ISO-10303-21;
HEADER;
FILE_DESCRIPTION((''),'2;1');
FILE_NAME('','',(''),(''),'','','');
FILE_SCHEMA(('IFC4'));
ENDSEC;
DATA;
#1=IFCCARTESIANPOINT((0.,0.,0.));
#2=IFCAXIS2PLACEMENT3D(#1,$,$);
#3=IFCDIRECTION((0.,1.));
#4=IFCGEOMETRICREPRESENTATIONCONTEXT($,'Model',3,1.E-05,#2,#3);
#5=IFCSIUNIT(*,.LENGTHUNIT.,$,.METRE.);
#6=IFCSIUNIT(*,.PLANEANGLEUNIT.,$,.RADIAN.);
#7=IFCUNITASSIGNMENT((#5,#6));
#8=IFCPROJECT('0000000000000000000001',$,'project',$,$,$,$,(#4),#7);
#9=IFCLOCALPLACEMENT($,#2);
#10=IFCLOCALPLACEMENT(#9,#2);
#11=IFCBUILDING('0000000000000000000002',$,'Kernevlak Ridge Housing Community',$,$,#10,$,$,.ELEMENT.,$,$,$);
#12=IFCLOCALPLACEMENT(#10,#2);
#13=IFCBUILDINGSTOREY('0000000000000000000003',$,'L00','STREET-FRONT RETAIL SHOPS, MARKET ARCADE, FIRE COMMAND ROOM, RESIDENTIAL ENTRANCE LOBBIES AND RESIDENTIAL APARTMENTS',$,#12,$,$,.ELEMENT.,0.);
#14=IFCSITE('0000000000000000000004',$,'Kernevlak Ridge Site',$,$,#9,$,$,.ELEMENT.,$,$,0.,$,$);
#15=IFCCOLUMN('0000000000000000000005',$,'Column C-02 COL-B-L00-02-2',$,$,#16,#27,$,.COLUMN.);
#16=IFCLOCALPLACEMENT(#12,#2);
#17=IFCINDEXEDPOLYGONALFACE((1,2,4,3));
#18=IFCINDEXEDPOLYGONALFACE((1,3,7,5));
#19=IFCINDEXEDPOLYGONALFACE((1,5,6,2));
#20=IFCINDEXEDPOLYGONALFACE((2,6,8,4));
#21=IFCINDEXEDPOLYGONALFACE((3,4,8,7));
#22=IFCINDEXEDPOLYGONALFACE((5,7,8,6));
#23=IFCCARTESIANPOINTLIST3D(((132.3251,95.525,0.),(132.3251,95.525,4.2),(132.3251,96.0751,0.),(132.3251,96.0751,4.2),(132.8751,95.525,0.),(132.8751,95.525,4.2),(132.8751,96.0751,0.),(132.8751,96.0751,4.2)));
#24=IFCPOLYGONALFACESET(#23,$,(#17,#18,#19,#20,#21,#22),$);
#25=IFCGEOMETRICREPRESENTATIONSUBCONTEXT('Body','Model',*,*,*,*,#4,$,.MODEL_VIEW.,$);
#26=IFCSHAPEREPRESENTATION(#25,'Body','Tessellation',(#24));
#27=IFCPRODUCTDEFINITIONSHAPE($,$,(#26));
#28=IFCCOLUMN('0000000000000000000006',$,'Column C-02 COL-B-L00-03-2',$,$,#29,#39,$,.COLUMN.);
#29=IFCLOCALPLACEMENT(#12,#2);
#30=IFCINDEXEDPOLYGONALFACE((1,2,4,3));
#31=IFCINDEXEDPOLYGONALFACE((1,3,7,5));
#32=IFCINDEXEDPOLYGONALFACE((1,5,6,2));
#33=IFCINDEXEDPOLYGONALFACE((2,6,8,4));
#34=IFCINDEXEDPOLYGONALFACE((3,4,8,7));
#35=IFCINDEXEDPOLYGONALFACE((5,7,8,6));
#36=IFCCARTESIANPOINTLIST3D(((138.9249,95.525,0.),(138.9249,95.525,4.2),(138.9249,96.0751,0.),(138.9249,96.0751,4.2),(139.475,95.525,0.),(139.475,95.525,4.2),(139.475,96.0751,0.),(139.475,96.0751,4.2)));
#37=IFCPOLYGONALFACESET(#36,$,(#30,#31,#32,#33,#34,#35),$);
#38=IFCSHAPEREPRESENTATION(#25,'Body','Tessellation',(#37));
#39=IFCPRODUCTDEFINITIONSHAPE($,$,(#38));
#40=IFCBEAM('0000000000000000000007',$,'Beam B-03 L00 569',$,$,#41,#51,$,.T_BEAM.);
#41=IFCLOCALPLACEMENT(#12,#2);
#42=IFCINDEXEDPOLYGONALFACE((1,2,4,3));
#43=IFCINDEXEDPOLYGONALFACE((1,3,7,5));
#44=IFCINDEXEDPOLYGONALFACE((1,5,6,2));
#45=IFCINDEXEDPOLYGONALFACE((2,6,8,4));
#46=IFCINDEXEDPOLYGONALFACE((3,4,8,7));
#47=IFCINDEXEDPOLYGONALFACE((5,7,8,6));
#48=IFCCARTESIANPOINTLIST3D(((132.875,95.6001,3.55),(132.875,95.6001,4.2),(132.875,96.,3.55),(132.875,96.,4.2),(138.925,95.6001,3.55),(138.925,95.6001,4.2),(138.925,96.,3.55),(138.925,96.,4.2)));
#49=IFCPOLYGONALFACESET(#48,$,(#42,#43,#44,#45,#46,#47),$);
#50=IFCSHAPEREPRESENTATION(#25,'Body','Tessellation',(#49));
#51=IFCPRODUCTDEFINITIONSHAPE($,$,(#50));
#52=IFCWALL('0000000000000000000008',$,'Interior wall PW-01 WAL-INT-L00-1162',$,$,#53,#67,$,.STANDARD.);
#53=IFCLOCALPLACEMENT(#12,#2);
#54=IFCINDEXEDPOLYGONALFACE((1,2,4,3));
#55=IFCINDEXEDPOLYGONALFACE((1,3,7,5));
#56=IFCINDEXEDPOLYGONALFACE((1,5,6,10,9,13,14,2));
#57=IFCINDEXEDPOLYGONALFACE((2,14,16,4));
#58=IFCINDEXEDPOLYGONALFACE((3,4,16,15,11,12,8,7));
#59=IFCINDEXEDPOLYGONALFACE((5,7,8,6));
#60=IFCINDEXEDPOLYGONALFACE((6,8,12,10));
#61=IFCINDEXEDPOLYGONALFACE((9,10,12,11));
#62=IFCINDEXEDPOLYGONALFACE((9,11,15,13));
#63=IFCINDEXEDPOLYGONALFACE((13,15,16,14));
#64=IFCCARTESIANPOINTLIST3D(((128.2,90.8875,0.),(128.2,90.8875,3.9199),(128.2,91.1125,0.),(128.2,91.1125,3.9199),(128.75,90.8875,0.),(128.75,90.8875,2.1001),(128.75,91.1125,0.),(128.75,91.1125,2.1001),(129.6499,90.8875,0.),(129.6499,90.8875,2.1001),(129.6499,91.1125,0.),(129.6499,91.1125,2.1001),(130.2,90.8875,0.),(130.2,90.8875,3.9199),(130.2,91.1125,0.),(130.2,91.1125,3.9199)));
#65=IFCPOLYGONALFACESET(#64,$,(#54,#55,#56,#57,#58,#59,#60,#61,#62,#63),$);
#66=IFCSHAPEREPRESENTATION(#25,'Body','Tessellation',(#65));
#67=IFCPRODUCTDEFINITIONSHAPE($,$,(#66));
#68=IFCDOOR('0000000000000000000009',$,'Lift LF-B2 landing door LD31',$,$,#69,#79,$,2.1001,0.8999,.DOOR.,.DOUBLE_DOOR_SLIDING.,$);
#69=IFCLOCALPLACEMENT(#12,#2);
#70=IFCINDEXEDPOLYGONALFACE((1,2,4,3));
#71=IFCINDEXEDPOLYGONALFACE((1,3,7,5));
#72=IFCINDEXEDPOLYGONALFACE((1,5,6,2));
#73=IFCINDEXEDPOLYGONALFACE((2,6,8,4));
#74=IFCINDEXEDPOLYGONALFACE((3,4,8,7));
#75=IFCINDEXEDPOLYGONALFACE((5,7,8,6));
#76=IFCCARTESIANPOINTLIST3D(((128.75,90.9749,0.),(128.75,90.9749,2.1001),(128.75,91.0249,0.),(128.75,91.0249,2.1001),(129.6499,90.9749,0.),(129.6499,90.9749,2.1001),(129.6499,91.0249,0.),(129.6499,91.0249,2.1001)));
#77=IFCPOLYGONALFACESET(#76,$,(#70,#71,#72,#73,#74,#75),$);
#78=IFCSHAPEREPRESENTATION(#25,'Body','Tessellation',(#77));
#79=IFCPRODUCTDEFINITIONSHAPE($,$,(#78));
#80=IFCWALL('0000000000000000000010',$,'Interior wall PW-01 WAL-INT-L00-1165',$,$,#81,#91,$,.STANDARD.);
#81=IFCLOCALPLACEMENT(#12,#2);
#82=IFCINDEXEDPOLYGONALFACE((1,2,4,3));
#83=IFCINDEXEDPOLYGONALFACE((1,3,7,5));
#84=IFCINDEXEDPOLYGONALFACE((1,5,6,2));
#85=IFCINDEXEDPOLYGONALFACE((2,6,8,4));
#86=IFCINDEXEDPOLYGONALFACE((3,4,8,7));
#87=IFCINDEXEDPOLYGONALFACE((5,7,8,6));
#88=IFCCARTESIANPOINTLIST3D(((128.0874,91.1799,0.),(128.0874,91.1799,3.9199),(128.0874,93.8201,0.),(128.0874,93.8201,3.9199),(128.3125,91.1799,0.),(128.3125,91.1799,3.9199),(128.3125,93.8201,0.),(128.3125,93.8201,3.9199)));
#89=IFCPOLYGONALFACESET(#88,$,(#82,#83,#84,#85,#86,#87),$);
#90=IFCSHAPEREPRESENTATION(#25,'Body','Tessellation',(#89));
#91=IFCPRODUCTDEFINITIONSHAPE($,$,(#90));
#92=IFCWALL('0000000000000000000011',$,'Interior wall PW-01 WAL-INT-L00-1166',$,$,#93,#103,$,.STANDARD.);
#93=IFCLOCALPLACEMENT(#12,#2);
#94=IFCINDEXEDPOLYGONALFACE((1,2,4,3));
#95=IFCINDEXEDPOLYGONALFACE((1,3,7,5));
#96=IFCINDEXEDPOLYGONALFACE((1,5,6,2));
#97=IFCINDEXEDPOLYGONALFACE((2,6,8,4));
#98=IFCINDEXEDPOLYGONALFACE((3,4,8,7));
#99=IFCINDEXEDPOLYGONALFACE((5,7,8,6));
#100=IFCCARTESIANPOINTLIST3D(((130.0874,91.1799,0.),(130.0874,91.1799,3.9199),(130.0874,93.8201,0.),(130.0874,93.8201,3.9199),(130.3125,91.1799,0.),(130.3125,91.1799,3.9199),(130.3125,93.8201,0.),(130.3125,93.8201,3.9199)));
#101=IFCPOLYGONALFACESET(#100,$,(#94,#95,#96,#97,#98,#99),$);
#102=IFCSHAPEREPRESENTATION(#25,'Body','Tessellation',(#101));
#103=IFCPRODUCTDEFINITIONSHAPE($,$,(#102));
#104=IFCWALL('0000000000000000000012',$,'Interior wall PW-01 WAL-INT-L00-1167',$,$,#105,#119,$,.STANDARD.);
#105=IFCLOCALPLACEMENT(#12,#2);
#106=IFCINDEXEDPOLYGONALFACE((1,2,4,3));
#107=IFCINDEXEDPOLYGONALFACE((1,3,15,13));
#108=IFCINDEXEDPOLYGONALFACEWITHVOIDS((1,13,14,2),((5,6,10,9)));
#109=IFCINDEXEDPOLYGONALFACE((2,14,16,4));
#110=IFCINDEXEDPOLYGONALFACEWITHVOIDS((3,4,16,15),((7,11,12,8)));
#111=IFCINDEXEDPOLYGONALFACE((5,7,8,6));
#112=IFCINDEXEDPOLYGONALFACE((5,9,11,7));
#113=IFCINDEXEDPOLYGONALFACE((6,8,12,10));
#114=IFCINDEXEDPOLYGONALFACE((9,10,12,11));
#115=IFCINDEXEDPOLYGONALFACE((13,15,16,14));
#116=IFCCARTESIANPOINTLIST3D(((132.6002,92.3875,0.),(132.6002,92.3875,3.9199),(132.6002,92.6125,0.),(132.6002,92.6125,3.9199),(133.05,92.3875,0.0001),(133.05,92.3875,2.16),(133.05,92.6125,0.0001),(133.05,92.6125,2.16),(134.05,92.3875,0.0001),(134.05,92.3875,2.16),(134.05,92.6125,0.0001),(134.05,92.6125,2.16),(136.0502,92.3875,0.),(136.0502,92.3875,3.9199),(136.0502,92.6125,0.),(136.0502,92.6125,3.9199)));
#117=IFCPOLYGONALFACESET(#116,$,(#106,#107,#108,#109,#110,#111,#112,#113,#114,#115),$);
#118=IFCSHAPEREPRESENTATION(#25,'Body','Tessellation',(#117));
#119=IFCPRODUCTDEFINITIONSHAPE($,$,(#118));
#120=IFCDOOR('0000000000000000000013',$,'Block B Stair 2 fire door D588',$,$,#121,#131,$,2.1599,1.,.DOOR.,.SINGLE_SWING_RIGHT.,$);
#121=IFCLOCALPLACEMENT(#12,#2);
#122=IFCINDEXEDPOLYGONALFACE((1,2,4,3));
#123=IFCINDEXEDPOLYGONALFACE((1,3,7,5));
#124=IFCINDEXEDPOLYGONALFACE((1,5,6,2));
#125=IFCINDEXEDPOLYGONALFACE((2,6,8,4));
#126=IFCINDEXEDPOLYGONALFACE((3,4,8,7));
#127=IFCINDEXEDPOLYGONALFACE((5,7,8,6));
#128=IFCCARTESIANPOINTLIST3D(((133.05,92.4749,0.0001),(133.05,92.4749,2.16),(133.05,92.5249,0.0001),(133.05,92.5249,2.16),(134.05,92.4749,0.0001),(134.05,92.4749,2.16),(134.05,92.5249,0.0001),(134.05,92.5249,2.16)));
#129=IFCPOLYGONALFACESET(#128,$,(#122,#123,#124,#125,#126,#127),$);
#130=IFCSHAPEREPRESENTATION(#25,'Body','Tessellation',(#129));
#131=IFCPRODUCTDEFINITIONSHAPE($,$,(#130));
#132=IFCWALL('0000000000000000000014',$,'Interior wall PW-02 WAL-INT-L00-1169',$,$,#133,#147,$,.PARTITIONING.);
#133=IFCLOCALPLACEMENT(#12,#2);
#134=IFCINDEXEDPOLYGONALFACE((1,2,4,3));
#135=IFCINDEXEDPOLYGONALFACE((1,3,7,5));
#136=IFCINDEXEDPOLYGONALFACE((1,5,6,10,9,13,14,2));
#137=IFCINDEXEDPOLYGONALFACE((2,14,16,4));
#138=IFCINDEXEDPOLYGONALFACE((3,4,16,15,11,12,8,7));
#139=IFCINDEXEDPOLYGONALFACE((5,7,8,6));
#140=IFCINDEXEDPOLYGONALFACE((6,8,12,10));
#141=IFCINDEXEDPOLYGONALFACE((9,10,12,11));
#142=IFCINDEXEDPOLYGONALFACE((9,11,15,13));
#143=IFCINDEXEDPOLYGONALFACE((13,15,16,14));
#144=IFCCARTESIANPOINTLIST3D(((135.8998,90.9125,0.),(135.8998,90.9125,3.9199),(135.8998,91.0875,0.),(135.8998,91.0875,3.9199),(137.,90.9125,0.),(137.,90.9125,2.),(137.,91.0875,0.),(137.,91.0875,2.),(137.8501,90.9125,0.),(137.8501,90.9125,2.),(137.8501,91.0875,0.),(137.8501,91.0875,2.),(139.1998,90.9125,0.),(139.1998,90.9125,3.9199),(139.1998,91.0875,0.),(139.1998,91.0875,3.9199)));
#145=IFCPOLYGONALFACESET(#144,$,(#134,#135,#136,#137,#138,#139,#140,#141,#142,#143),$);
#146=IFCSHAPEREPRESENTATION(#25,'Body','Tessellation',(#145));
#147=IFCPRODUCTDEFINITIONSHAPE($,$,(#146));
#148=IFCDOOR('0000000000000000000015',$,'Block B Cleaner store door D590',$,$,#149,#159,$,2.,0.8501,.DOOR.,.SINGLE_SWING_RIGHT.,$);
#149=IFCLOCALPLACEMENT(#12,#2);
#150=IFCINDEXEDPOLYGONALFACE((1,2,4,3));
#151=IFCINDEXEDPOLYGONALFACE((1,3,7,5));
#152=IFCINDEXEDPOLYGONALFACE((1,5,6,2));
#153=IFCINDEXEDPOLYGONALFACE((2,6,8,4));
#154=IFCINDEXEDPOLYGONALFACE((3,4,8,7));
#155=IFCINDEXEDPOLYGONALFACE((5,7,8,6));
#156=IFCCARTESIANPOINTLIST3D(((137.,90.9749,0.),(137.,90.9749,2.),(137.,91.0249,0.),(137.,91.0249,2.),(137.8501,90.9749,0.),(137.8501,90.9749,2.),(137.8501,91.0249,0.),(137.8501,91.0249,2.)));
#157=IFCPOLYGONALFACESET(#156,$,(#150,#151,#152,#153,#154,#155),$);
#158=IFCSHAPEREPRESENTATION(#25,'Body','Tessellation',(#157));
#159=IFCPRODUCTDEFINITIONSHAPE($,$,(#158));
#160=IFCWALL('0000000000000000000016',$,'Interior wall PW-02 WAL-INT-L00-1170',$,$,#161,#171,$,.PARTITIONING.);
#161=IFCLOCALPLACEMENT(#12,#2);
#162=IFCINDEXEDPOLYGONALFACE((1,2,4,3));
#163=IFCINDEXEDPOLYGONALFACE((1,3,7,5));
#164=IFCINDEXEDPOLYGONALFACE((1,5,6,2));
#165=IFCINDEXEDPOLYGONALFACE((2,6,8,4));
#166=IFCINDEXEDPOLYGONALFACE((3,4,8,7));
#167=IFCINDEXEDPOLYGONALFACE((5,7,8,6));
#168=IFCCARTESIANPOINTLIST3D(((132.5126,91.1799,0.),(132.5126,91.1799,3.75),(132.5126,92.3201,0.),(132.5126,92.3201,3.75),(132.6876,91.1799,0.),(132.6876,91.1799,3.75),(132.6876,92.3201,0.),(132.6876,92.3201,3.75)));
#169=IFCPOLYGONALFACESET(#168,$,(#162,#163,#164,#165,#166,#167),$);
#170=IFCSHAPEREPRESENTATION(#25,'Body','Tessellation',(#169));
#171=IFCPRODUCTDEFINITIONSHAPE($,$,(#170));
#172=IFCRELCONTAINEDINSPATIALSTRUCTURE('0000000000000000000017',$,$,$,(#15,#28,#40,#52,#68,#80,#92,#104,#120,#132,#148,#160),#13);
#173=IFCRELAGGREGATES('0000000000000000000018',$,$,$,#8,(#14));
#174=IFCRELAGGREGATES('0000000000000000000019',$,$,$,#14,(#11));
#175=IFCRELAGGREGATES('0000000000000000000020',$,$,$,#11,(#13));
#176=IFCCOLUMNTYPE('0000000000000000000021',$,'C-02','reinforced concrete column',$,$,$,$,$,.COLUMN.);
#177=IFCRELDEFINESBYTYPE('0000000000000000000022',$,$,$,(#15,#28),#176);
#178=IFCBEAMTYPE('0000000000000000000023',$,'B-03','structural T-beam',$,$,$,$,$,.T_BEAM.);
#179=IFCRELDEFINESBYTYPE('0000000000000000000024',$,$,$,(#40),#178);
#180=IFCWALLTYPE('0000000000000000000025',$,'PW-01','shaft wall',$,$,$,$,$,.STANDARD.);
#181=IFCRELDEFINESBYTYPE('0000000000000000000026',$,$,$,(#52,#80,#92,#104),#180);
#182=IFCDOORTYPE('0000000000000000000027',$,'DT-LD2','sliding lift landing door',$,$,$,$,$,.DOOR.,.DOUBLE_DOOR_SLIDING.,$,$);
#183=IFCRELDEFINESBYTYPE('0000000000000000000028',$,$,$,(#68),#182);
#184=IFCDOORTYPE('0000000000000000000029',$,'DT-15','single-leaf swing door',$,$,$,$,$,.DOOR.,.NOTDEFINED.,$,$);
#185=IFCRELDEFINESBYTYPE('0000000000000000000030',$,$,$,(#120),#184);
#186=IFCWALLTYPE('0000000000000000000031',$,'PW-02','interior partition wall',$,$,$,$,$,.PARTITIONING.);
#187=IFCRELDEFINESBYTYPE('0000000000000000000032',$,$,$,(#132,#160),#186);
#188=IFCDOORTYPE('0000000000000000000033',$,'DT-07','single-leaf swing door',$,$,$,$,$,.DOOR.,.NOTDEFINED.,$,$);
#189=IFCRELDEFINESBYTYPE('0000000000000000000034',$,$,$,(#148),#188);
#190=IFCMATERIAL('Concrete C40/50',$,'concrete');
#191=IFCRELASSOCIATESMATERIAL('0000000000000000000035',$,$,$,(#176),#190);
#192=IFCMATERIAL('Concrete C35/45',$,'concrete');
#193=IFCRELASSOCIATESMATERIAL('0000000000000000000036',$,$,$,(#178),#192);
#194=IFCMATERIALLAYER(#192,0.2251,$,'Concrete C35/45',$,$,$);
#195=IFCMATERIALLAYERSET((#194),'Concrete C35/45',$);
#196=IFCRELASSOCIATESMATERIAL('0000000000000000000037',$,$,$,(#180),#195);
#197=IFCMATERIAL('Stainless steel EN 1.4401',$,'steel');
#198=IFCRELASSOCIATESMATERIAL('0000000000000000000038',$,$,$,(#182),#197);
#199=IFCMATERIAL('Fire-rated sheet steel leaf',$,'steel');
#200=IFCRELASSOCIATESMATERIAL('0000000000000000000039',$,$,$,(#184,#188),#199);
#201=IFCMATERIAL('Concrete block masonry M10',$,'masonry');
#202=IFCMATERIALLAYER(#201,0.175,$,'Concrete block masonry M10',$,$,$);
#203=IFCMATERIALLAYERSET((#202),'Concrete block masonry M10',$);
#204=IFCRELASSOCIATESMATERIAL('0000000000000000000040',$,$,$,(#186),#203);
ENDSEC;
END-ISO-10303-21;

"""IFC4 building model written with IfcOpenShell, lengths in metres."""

from ifc_helpers import new_model, si_unit, direction, frame, frame_2d, origin, origin_2d, place, context, subcontext, project, spatial, rectangle, extrude, material, layer, layer_set, material_profile, profile_set, type_object, element, fill, save


model = new_model("IFC4")

# Units and contexts
model_context = context("Model", 3, precision=1e-05, world=origin(), true_north=direction((0.0, 1.0)))
body_context = subcontext(model_context, "Body", "Model", "MODEL_VIEW")
ifc_project = project(units=[si_unit("LENGTHUNIT", "METRE"), si_unit("PLANEANGLEUNIT", "RADIAN")], contexts=[model_context])

# Site, building, storey
site_placement = place(None, origin())
site = spatial("IfcSite", under=ifc_project, at=site_placement, Name="Kernevlak Ridge Site", CompositionType="ELEMENT", RefElevation=0.0)
building_placement = place(site_placement, origin())
building = spatial("IfcBuilding", under=site, at=building_placement, Name="Kernevlak Ridge Housing Community", CompositionType="ELEMENT")
storey_placement = place(building_placement, origin())
storey = spatial("IfcBuildingStorey", under=building, at=storey_placement, Name="L00", Description="STREET-FRONT RETAIL SHOPS, MARKET ARCADE, FIRE COMMAND ROOM, RESIDENTIAL ENTRANCE LOBBIES AND RESIDENTIAL APARTMENTS", CompositionType="ELEMENT", Elevation=0.0)

# Columns
ifc_material_1 = material(Name="Concrete C40/50", Category="concrete")
ifc_material_profile_1 = material_profile(ifc_material_1, rectangle(XDim=0.55, YDim=0.55, at=origin_2d()), Name="RC 550x550")
ifc_profile_set_1 = profile_set([ifc_material_profile_1], Name="Concrete C40/50")
column_type = type_object("IfcColumnType", Name="C-02", Description="reinforced concrete column", PredefinedType="COLUMN", material=ifc_profile_set_1)
for number, where, z_axis, x_axis, name in (
    (1, (132.6001, 95.8, 0.0), (0.0, 0.0, 1.0), (1.0, 0.0, 0.0), "Column C-02 COL-B-L00-02-2"),
    (2, (139.2, 95.8, 0.0), (0.0, 0.0, 1.0), (1.0, 0.0, 0.0), "Column C-02 COL-B-L00-03-2"),
):
    element("IfcColumn", number, at=place(storey_placement, frame(where, z_axis=z_axis, x_axis=x_axis)), inside=storey, type_object=column_type, Name=name, PredefinedType="COLUMN", context=body_context, shape_type="SweptSolid", body=[
        extrude(rectangle(XDim=0.55, YDim=0.55, at=origin_2d()), origin(), (0.0, 0.0, 1.0), 4.2),
    ])

# Beam
ifc_material_2 = material(Name="Concrete C35/45", Category="concrete")
ifc_material_profile_2 = material_profile(ifc_material_2, rectangle(XDim=0.3999, YDim=0.6499, at=origin_2d()), Name="RC 400x650")
ifc_profile_set_2 = profile_set([ifc_material_profile_2], Name="Concrete C35/45")
beam_type = type_object("IfcBeamType", Name="B-03", Description="structural T-beam", PredefinedType="T_BEAM", material=ifc_profile_set_2)
beam_placement = place(storey_placement, frame((132.875, 95.8, 3.875), z_axis=(1.0, 0.0, 0.0), x_axis=(0.0, 1.0, 0.0)))
element("IfcBeam", 3, at=beam_placement, inside=storey, type_object=beam_type, Name="Beam B-03 L00 569", PredefinedType="T_BEAM", context=body_context, shape_type="SweptSolid", body=[
    extrude(rectangle(XDim=0.3999, YDim=0.6499, at=origin_2d()), origin(), (0.0, 0.0, 1.0), 6.05),
])

# Wall, opening, door
ifc_layer_1 = layer(ifc_material_2, 0.2251, Name="Concrete C35/45")
ifc_layer_set_1 = layer_set([ifc_layer_1], Name="Concrete C35/45")
wall_type_1 = type_object("IfcWallType", Name="PW-01", Description="shaft wall", PredefinedType="STANDARD", material=ifc_layer_set_1)
wall_1_placement = place(storey_placement, frame((128.2, 91.0, 0.0), z_axis=(0.0, 0.0, 1.0), x_axis=(1.0, 0.0, 0.0)))
wall_1 = element("IfcWall", 4, at=wall_1_placement, inside=storey, type_object=wall_type_1, Name="Interior wall PW-01 WAL-INT-L00-1162", PredefinedType="STANDARD", context=body_context, shape_type="SweptSolid", body=[
    extrude(rectangle(XDim=2.0, YDim=0.2251, at=frame_2d((1.0, 0.0))), origin(), (0.0, 0.0, 1.0), 3.9199),
])
opening_1_placement = place(wall_1_placement, frame((0.55, 0.0, 0.0)))
opening_1 = element("IfcOpeningElement", 5, at=opening_1_placement, cuts=wall_1, PredefinedType="OPENING", context=body_context, shape_type="SweptSolid", body=[
    extrude(rectangle(XDim=0.8999, YDim=2.1001, at=frame_2d((0.45, 1.05))), frame((0.0, 0.1226, 0.0), z_axis=(0.0, -1.0, 0.0), x_axis=(1.0, 0.0, 0.0)), (0.0, 0.0, 1.0), 0.2451),
])
ifc_material_3 = material(Name="Stainless steel EN 1.4401", Category="steel")
door_type_1 = type_object("IfcDoorType", Name="DT-LD2", Description="sliding lift landing door", OperationType="DOUBLE_DOOR_SLIDING", PredefinedType="DOOR", material=ifc_material_3)
door_1_placement = place(opening_1_placement, origin())
door_1 = element("IfcDoor", 6, at=door_1_placement, inside=storey, type_object=door_type_1, Name="Lift LF-B2 landing door LD31", OperationType="DOUBLE_DOOR_SLIDING", OverallHeight=2.1001, OverallWidth=0.8999, PredefinedType="DOOR", context=body_context, shape_type="SweptSolid", body=[
    extrude(rectangle(XDim=0.8999, YDim=2.1001, at=frame_2d((0.45, 1.05))), frame((0.0, 0.0249, 0.0), z_axis=(0.0, -1.0, 0.0), x_axis=(1.0, 0.0, 0.0)), (0.0, 0.0, 1.0), 0.05),
])
fill(opening_1, door_1)

# Walls
for number, where, z_axis, x_axis, name in (
    (7, (128.2, 91.1799, 0.0), (0.0, 0.0, 1.0), (0.0, 1.0, 0.0), "Interior wall PW-01 WAL-INT-L00-1165"),
    (8, (130.2, 91.1799, 0.0), (0.0, 0.0, 1.0), (0.0, 1.0, 0.0), "Interior wall PW-01 WAL-INT-L00-1166"),
):
    element("IfcWall", number, at=place(storey_placement, frame(where, z_axis=z_axis, x_axis=x_axis)), inside=storey, type_object=wall_type_1, Name=name, PredefinedType="STANDARD", context=body_context, shape_type="SweptSolid", body=[
        extrude(rectangle(XDim=2.6401, YDim=0.2251, at=frame_2d((1.3201, 0.0))), origin(), (0.0, 0.0, 1.0), 3.9199),
    ])

# Walls, openings, doors
wall_2_placement = place(storey_placement, frame((132.6001, 92.5, 0.0), z_axis=(0.0, 0.0, 1.0), x_axis=(1.0, 0.0, 0.0)))
wall_2 = element("IfcWall", 9, at=wall_2_placement, inside=storey, type_object=wall_type_1, Name="Interior wall PW-01 WAL-INT-L00-1167", PredefinedType="STANDARD", context=body_context, shape_type="SweptSolid", body=[
    extrude(rectangle(XDim=3.45, YDim=0.2251, at=frame_2d((1.7251, 0.0))), origin(), (0.0, 0.0, 1.0), 3.9199),
])
opening_2_placement = place(wall_2_placement, frame((0.45, 0.0, 0.0)))
opening_2 = element("IfcOpeningElement", 10, at=opening_2_placement, cuts=wall_2, PredefinedType="OPENING", context=body_context, shape_type="SweptSolid", body=[
    extrude(rectangle(XDim=1.0, YDim=2.1599, at=frame_2d((0.5, 1.0801))), frame((0.0, 0.1226, 0.0), z_axis=(0.0, -1.0, 0.0), x_axis=(1.0, 0.0, 0.0)), (0.0, 0.0, 1.0), 0.2451),
])
ifc_material_4 = material(Name="Fire-rated sheet steel leaf", Category="steel")
door_type_2 = type_object("IfcDoorType", Name="DT-15", Description="single-leaf swing door", OperationType="NOTDEFINED", PredefinedType="DOOR", material=ifc_material_4)
door_2_placement = place(opening_2_placement, origin())
door_2 = element("IfcDoor", 11, at=door_2_placement, inside=storey, type_object=door_type_2, Name="Block B Stair 2 fire door D588", OperationType="SINGLE_SWING_RIGHT", OverallHeight=2.1599, OverallWidth=1.0, PredefinedType="DOOR", context=body_context, shape_type="SweptSolid", body=[
    extrude(rectangle(XDim=1.0, YDim=2.1599, at=frame_2d((0.5, 1.0801))), frame((0.0, 0.0249, 0.0), z_axis=(0.0, -1.0, 0.0), x_axis=(1.0, 0.0, 0.0)), (0.0, 0.0, 1.0), 0.05),
])
fill(opening_2, door_2)
ifc_material_5 = material(Name="Concrete block masonry M10", Category="masonry")
ifc_layer_2 = layer(ifc_material_5, 0.175, Name="Concrete block masonry M10")
ifc_layer_set_2 = layer_set([ifc_layer_2], Name="Concrete block masonry M10")
wall_type_2 = type_object("IfcWallType", Name="PW-02", Description="interior partition wall", PredefinedType="PARTITIONING", material=ifc_layer_set_2)
wall_3_placement = place(storey_placement, frame((135.8999, 91.0, 0.0), z_axis=(0.0, 0.0, 1.0), x_axis=(1.0, 0.0, 0.0)))
wall_3 = element("IfcWall", 12, at=wall_3_placement, inside=storey, type_object=wall_type_2, Name="Interior wall PW-02 WAL-INT-L00-1169", PredefinedType="PARTITIONING", context=body_context, shape_type="SweptSolid", body=[
    extrude(rectangle(XDim=3.3, YDim=0.175, at=frame_2d((1.6499, 0.0))), origin(), (0.0, 0.0, 1.0), 3.9199),
])
opening_3_placement = place(wall_3_placement, frame((1.1001, 0.0, 0.0)))
opening_3 = element("IfcOpeningElement", 13, at=opening_3_placement, cuts=wall_3, PredefinedType="OPENING", context=body_context, shape_type="SweptSolid", body=[
    extrude(rectangle(XDim=0.8501, YDim=2.0, at=frame_2d((0.425, 1.0))), frame((0.0, 0.0974, 0.0), z_axis=(0.0, -1.0, 0.0), x_axis=(1.0, 0.0, 0.0)), (0.0, 0.0, 1.0), 0.1951),
])
door_type_3 = type_object("IfcDoorType", Name="DT-07", Description="single-leaf swing door", OperationType="NOTDEFINED", PredefinedType="DOOR", material=ifc_material_4)
door_3_placement = place(opening_3_placement, origin())
door_3 = element("IfcDoor", 14, at=door_3_placement, inside=storey, type_object=door_type_3, Name="Block B Cleaner store door D590", OperationType="SINGLE_SWING_RIGHT", OverallHeight=2.0, OverallWidth=0.8501, PredefinedType="DOOR", context=body_context, shape_type="SweptSolid", body=[
    extrude(rectangle(XDim=0.8501, YDim=2.0, at=frame_2d((0.425, 1.0))), frame((0.0, 0.0249, 0.0), z_axis=(0.0, -1.0, 0.0), x_axis=(1.0, 0.0, 0.0)), (0.0, 0.0, 1.0), 0.05),
])
fill(opening_3, door_3)

# Wall
wall_4_placement = place(storey_placement, frame((132.6001, 91.1799, 0.0), z_axis=(0.0, 0.0, 1.0), x_axis=(0.0, 1.0, 0.0)))
element("IfcWall", 15, at=wall_4_placement, inside=storey, type_object=wall_type_2, Name="Interior wall PW-02 WAL-INT-L00-1170", PredefinedType="PARTITIONING", context=body_context, shape_type="SweptSolid", body=[
    extrude(rectangle(XDim=1.1401, YDim=0.175, at=frame_2d((0.5701, 0.0))), origin(), (0.0, 0.0, 1.0), 3.75),
])

save(model, "model.ifc")
